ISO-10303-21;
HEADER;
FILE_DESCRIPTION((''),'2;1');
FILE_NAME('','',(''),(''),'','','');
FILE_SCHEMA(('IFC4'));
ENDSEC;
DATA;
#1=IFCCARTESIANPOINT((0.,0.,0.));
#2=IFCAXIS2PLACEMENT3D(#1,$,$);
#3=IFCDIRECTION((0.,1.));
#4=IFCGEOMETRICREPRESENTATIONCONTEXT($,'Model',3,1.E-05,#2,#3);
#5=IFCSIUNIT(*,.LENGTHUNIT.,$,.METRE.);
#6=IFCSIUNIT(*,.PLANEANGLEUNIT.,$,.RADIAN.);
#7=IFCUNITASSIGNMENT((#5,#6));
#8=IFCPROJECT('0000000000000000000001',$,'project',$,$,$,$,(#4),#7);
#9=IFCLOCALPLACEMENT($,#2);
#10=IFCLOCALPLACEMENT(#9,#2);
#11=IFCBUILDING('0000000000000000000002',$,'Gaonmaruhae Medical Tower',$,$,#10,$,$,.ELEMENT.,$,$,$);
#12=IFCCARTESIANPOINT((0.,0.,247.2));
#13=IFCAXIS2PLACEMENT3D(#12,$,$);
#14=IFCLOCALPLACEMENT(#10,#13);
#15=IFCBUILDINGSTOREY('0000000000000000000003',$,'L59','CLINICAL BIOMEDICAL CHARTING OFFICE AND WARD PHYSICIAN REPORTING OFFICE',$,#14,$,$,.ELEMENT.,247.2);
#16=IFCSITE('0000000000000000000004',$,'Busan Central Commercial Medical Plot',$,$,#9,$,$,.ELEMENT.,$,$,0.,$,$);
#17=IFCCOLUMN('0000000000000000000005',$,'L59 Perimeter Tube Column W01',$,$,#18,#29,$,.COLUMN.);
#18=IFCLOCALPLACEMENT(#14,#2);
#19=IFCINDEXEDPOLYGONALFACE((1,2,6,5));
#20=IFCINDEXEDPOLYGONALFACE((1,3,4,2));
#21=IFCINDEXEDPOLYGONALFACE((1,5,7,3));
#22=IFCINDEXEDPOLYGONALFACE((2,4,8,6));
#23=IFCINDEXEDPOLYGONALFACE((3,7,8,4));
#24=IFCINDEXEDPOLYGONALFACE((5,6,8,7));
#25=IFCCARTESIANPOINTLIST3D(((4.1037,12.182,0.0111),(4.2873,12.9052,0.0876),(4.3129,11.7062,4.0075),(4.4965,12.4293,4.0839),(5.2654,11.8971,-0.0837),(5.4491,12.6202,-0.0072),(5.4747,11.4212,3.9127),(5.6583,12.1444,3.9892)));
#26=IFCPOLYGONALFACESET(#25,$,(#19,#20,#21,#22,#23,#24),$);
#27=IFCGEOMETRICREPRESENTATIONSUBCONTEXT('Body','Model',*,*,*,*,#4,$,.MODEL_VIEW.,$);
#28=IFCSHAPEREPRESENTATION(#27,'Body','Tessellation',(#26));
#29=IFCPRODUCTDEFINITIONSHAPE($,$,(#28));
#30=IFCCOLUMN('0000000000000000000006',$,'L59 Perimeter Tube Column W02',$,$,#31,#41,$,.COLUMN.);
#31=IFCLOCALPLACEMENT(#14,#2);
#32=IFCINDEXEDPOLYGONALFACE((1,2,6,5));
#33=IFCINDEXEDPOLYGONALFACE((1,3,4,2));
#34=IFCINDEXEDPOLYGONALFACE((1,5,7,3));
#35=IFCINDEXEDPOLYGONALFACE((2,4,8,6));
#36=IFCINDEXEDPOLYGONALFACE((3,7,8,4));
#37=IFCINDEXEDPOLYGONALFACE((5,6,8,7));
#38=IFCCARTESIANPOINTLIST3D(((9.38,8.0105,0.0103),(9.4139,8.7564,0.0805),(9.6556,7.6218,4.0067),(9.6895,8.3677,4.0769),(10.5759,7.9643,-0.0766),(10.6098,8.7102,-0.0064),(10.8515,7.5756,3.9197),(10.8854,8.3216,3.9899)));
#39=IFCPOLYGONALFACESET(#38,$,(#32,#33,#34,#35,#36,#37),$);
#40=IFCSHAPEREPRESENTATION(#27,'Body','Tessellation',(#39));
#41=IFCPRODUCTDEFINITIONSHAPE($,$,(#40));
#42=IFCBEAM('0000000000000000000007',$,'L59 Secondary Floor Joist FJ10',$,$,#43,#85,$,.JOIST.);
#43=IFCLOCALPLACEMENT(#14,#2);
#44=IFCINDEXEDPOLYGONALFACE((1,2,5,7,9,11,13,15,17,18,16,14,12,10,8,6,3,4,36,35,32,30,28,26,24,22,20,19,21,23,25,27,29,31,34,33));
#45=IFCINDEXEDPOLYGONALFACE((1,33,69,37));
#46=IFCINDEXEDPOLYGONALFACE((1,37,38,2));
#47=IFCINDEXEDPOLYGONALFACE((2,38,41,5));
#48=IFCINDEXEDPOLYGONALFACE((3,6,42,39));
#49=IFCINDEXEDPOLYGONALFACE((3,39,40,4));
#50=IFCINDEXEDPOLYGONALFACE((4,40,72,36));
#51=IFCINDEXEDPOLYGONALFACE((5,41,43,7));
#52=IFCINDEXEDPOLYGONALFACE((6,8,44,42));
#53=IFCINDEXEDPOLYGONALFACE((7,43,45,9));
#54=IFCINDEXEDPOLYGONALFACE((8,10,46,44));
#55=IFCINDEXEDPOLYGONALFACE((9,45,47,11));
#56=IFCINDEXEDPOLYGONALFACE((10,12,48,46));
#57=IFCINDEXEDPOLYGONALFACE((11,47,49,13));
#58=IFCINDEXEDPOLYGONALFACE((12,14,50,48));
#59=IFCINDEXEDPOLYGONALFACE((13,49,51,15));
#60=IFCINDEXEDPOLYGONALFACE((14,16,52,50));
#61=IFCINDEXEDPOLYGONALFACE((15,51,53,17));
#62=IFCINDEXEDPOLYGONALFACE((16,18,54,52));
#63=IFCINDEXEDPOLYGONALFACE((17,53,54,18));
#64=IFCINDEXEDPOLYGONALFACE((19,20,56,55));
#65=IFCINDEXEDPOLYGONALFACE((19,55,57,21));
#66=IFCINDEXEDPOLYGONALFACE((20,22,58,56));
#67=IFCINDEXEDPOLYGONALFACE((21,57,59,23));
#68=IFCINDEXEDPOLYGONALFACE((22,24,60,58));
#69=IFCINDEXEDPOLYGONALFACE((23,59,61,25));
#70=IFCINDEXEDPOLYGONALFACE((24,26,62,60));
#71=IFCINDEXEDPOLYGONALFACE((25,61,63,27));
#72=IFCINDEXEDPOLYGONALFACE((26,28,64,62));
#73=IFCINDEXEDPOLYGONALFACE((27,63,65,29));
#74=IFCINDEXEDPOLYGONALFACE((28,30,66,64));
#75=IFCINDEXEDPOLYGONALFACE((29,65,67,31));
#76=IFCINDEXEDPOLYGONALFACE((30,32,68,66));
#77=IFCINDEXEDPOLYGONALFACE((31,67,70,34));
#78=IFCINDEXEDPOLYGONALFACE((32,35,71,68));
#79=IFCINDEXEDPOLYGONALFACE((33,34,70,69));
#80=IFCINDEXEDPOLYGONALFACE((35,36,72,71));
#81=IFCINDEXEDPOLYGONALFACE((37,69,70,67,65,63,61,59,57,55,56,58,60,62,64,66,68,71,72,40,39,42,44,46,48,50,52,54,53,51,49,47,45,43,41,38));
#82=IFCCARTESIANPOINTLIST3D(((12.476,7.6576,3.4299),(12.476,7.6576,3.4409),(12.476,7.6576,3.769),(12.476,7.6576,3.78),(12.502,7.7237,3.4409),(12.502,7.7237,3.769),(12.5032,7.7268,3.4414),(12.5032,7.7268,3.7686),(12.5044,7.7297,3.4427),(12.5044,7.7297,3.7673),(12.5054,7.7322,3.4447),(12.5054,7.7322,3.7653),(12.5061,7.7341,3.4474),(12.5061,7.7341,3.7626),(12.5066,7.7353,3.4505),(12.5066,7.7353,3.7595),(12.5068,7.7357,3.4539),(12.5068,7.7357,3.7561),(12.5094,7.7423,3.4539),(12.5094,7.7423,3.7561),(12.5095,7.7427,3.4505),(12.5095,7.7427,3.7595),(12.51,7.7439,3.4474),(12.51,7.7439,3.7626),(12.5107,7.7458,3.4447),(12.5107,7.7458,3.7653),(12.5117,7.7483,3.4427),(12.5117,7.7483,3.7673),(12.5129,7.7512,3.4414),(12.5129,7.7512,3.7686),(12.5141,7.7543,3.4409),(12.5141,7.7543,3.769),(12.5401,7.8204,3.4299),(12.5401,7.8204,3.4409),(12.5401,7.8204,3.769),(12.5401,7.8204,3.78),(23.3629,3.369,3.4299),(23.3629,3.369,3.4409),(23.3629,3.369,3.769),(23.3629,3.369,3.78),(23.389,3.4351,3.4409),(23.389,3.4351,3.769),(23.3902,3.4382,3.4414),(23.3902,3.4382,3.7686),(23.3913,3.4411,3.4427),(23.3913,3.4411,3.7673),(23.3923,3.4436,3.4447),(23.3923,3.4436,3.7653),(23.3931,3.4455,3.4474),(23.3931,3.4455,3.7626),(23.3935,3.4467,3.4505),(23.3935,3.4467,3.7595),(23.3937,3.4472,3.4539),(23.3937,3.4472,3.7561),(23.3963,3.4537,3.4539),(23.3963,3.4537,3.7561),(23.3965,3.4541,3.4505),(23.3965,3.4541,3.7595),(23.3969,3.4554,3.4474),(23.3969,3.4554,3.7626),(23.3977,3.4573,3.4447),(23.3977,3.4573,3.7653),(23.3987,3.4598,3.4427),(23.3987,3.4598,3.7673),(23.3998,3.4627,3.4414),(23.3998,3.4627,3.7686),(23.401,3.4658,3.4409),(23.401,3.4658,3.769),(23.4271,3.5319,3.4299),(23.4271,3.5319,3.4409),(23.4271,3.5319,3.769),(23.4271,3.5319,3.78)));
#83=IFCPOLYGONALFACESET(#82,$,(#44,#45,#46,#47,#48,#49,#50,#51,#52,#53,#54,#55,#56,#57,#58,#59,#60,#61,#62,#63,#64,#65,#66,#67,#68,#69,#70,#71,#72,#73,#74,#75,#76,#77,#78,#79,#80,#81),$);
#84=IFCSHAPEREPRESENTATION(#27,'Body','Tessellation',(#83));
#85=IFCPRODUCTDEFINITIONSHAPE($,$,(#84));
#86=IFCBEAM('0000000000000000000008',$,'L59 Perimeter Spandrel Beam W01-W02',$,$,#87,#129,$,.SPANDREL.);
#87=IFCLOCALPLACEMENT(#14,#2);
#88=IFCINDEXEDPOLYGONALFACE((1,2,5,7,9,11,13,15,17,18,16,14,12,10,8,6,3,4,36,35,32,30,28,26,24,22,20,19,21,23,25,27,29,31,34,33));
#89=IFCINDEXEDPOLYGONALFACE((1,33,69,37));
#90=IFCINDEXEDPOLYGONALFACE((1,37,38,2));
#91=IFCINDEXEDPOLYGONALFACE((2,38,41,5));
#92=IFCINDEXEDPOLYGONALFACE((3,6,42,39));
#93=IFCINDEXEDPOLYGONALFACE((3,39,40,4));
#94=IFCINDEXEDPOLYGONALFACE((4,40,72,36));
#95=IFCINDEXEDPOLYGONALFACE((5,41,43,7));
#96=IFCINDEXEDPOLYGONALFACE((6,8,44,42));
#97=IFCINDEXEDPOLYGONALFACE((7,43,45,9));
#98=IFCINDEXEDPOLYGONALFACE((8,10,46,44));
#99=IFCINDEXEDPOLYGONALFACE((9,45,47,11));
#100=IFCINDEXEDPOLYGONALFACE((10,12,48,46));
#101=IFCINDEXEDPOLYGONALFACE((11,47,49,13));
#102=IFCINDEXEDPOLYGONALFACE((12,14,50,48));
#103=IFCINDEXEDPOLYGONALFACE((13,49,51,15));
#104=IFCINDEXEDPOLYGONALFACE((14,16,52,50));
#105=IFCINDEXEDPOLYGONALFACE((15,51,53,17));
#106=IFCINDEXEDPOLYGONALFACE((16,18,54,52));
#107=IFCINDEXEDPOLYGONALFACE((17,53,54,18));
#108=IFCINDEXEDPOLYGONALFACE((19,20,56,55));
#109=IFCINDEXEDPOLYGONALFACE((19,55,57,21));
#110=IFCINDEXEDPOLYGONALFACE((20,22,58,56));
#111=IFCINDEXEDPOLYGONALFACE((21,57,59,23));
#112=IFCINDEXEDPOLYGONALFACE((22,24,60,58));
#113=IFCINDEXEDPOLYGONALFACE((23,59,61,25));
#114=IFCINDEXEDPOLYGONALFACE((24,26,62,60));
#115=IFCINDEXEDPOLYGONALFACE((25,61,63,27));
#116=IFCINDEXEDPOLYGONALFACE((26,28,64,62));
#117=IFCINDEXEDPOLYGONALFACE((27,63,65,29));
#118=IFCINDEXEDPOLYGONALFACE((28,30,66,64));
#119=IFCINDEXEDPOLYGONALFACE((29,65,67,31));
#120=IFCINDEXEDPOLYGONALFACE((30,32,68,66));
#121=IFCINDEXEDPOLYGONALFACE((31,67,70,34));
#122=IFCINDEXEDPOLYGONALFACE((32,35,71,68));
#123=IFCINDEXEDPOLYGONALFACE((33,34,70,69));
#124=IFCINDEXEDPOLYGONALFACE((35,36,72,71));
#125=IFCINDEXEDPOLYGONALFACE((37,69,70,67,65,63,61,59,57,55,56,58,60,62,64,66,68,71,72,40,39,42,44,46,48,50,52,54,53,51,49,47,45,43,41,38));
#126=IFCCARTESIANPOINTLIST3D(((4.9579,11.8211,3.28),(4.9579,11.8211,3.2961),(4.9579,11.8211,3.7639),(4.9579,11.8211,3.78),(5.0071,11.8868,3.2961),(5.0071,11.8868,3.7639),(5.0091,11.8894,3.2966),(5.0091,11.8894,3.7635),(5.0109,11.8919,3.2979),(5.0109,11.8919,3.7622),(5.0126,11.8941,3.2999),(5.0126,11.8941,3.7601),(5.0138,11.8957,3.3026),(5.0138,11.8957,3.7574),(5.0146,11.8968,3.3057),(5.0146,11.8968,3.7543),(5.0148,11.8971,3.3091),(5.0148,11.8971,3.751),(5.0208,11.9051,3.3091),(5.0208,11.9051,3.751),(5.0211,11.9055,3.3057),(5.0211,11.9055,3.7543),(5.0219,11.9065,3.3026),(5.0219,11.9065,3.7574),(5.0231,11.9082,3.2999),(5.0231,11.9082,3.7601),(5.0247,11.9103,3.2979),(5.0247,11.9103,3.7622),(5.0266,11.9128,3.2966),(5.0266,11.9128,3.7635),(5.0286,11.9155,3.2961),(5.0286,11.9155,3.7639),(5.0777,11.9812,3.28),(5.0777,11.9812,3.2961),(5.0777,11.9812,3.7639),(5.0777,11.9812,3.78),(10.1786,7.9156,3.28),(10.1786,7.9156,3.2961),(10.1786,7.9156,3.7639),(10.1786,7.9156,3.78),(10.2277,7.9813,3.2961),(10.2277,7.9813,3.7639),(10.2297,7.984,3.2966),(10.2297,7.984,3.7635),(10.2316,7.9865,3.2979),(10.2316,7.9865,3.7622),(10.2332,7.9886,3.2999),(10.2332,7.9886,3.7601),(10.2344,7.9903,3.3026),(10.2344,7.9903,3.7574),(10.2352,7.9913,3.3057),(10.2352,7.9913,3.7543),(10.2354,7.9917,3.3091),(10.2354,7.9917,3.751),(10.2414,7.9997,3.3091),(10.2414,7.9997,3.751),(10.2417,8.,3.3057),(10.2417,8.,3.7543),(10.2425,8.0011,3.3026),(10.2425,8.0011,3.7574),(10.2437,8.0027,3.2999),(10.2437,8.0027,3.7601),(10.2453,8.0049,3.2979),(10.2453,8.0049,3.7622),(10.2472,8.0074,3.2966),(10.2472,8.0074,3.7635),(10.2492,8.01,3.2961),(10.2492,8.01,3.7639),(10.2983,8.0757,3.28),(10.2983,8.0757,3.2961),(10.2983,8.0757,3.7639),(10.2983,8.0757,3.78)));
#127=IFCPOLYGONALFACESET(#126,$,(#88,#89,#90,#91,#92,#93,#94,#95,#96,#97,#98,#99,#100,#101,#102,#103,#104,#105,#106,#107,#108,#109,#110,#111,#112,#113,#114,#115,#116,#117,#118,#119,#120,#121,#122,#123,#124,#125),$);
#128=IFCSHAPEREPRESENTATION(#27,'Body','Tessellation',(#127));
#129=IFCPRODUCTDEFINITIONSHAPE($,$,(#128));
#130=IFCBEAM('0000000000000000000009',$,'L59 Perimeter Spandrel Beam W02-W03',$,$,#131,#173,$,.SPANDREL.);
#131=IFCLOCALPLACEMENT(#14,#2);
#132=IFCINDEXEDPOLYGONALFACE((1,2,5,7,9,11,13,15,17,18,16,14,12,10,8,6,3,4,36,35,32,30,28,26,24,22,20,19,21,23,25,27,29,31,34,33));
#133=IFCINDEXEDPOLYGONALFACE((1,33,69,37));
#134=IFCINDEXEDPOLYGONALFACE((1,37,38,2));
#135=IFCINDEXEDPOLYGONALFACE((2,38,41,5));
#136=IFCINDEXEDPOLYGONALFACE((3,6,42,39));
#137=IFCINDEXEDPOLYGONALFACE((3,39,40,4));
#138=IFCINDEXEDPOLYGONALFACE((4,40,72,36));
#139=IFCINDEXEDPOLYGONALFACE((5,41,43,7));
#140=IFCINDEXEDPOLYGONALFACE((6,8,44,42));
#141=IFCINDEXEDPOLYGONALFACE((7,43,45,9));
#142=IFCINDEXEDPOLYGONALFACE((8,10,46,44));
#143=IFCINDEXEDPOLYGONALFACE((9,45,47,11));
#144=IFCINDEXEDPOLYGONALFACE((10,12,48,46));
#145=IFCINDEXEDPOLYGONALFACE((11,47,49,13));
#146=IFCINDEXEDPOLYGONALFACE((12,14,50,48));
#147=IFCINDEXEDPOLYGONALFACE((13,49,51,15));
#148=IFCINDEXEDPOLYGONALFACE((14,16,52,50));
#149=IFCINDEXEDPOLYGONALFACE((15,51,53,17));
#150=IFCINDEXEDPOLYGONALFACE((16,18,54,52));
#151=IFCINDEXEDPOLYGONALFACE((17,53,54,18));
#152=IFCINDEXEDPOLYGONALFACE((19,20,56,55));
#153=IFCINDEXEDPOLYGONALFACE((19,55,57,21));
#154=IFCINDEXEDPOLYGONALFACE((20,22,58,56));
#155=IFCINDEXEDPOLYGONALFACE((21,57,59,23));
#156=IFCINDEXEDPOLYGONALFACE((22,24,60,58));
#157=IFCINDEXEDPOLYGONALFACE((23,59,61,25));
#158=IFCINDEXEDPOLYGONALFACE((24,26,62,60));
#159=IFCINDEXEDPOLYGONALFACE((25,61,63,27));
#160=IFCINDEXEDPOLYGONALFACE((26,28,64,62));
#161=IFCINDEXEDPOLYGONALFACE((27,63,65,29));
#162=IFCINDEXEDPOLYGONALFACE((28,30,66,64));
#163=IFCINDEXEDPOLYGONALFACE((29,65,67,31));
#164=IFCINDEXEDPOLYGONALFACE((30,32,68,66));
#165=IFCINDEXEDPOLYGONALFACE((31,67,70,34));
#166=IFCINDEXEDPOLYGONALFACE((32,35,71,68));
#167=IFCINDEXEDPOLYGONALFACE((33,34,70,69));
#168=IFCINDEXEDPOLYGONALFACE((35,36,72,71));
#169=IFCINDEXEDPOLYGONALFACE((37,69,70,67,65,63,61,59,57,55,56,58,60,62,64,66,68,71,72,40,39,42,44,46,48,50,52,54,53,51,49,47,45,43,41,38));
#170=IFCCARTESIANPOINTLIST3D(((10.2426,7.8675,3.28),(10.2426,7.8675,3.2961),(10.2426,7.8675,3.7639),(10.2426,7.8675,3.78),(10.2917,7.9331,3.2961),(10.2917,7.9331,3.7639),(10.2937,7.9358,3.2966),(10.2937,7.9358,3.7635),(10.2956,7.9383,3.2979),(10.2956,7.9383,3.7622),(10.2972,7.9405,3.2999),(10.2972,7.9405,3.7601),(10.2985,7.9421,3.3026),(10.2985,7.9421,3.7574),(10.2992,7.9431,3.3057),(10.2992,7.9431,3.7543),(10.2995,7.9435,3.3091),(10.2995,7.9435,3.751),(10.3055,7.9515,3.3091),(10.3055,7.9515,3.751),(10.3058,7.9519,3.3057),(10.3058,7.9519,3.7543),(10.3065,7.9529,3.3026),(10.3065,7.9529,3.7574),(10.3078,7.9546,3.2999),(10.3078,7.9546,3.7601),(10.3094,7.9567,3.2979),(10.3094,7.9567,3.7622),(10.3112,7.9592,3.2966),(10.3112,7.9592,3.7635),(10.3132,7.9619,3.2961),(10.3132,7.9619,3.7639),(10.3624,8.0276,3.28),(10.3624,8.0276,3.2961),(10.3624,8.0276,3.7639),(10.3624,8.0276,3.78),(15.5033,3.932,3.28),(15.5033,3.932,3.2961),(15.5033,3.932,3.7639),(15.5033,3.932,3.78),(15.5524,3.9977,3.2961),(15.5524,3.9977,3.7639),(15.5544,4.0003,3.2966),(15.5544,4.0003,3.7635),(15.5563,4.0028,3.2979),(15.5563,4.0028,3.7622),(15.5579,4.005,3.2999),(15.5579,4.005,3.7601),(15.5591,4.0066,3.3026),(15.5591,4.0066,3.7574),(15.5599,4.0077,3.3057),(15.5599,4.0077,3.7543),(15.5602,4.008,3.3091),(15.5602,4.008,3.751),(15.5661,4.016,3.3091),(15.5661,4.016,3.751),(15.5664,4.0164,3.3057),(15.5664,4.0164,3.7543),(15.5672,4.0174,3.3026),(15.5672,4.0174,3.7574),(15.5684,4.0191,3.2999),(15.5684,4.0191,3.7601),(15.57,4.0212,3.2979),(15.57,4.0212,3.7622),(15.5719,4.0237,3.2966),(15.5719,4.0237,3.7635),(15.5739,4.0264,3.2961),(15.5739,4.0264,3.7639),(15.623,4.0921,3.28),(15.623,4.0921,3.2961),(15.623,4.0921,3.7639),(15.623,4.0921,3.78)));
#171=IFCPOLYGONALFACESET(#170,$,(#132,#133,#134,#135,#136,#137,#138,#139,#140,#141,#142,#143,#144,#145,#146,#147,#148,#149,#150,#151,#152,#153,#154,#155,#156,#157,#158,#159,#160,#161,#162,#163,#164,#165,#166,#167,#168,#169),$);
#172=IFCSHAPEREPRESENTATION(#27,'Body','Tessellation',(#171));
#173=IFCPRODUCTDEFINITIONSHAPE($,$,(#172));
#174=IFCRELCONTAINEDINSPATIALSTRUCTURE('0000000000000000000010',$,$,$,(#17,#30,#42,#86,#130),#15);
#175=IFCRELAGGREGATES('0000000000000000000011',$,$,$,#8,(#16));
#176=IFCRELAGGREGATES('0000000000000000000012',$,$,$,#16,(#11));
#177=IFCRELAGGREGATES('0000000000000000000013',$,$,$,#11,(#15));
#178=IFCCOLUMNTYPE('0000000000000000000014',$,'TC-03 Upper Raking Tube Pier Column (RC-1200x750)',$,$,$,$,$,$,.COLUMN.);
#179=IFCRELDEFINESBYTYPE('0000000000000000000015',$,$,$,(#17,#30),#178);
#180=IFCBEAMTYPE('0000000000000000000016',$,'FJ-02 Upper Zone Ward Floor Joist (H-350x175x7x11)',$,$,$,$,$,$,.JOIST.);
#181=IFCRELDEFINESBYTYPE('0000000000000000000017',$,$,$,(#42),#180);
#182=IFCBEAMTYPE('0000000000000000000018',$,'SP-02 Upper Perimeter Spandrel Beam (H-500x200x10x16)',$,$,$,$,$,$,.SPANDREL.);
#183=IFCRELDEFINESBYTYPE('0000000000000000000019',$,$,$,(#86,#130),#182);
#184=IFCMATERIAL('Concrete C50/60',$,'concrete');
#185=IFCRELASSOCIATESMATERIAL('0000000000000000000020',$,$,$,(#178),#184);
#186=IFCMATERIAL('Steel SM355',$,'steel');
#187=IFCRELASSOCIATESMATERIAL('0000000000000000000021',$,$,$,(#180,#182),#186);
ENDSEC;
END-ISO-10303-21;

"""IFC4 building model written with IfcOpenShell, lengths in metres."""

from ifc_helpers import new_model, si_unit, direction, frame, origin, origin_2d, place, context, subcontext, project, spatial, rectangle, i_section, extrude, material, material_profile, profile_set, type_object, element, save


model = new_model("IFC4")

# Units and contexts
model_context = context("Model", 3, precision=1e-05, world=origin(), true_north=direction((0.0, 1.0)))
body_context = subcontext(model_context, "Body", "Model", "MODEL_VIEW")
ifc_project = project(units=[si_unit("LENGTHUNIT", "METRE"), si_unit("PLANEANGLEUNIT", "RADIAN")], contexts=[model_context])

# Site, building, storey
site_placement = place(None, origin())
site = spatial("IfcSite", under=ifc_project, at=site_placement, Name="Busan Central Commercial Medical Plot", CompositionType="ELEMENT", RefElevation=0.0)
building_placement = place(site_placement, origin())
building = spatial("IfcBuilding", under=site, at=building_placement, Name="Gaonmaruhae Medical Tower", CompositionType="ELEMENT")
storey_placement = place(building_placement, frame((0.0, 0.0, 247.2)))
storey = spatial("IfcBuildingStorey", under=building, at=storey_placement, Name="L59", Description="CLINICAL BIOMEDICAL CHARTING OFFICE AND WARD PHYSICIAN REPORTING OFFICE", CompositionType="ELEMENT", Elevation=247.2)

# Columns
ifc_material_1 = material(Name="Concrete C50/60", Category="concrete")
ifc_material_profile_1 = material_profile(ifc_material_1, rectangle(XDim=1.2, YDim=0.75, at=origin_2d()), Name="RC-1200x750")
ifc_profile_set_1 = profile_set([ifc_material_profile_1], Name="Concrete C50/60")
column_type = type_object("IfcColumnType", Name="TC-03 Upper Raking Tube Pier Column (RC-1200x750)", PredefinedType="COLUMN", material=ifc_profile_set_1)
column_1_placement = place(storey_placement, frame((4.7764, 12.4011, 0.002), z_axis=(0.051918, -0.118072, 0.991647), x_axis=(-0.968177, 0.237483, 0.078965)))
element("IfcColumn", 1, at=column_1_placement, inside=storey, type_object=column_type, Name="L59 Perimeter Tube Column W01", PredefinedType="COLUMN", context=body_context, shape_type="SweptSolid", body=[
    extrude(rectangle(XDim=1.2, YDim=0.75, at=origin_2d()), origin(), (0.0, 0.0, 1.0), 4.03),
])
column_2_placement = place(storey_placement, frame((9.9949, 8.3604, 0.002), z_axis=(0.068487, -0.096573, 0.992967), x_axis=(-0.996627, 0.038483, 0.072482)))
element("IfcColumn", 2, at=column_2_placement, inside=storey, type_object=column_type, Name="L59 Perimeter Tube Column W02", PredefinedType="COLUMN", context=body_context, shape_type="SweptSolid", body=[
    extrude(rectangle(XDim=1.2, YDim=0.75, at=origin_2d()), origin(), (0.0, 0.0, 1.0), 4.0247),
])

# Beams
ifc_material_2 = material(Name="Steel SM355", Category="steel")
ifc_material_profile_2 = material_profile(ifc_material_2, i_section(OverallWidth=0.175, OverallDepth=0.3501, WebThickness=0.0071, FlangeThickness=0.011, FilletRadius=0.0129, at=origin_2d()), Name="H-350x175x7x11")
ifc_profile_set_2 = profile_set([ifc_material_profile_2], Name="Steel SM355")
beam_type_1 = type_object("IfcBeamType", Name="FJ-02 Upper Zone Ward Floor Joist (H-350x175x7x11)", PredefinedType="JOIST", material=ifc_profile_set_2)
beam_1_placement = place(storey_placement, frame((12.5081, 7.739, 3.605), z_axis=(0.930415, -0.366508, 0.0), x_axis=(0.366508, 0.930415, 0.0)))
element("IfcBeam", 3, at=beam_1_placement, inside=storey, type_object=beam_type_1, Name="L59 Secondary Floor Joist FJ10", PredefinedType="JOIST", context=body_context, shape_type="SweptSolid", body=[
    extrude(i_section(OverallWidth=0.175, OverallDepth=0.3501, WebThickness=0.0071, FlangeThickness=0.011, FilletRadius=0.0129, at=origin_2d()), origin(), (0.0, 0.0, 1.0), 11.7012),
])
ifc_material_profile_3 = material_profile(ifc_material_2, i_section(OverallWidth=0.2, OverallDepth=0.5, WebThickness=0.01, FlangeThickness=0.0161, FilletRadius=0.0129, at=origin_2d()), Name="H-500x200x10x16")
ifc_profile_set_3 = profile_set([ifc_material_profile_3], Name="Steel SM355")
beam_type_2 = type_object("IfcBeamType", Name="SP-02 Upper Perimeter Spandrel Beam (H-500x200x10x16)", PredefinedType="SPANDREL", material=ifc_profile_set_3)
beam_2_placement = place(storey_placement, frame((5.0178, 11.9011, 3.53), z_axis=(0.800736, -0.599017, 0.0), x_axis=(0.599017, 0.800736, 0.0)))
element("IfcBeam", 4, at=beam_2_placement, inside=storey, type_object=beam_type_2, Name="L59 Perimeter Spandrel Beam W01-W02", PredefinedType="SPANDREL", context=body_context, shape_type="SweptSolid", body=[
    extrude(i_section(OverallWidth=0.2, OverallDepth=0.5, WebThickness=0.01, FlangeThickness=0.0161, FilletRadius=0.0129, at=origin_2d()), origin(), (0.0, 0.0, 1.0), 6.5198),
])
beam_3_placement = place(storey_placement, frame((10.3025, 7.9475, 3.53), z_axis=(0.800731, -0.599024, 0.0), x_axis=(0.599024, 0.800731, 0.0)))
element("IfcBeam", 5, at=beam_3_placement, inside=storey, type_object=beam_type_2, Name="L59 Perimeter Spandrel Beam W02-W03", PredefinedType="SPANDREL", context=body_context, shape_type="SweptSolid", body=[
    extrude(i_section(OverallWidth=0.2, OverallDepth=0.5, WebThickness=0.01, FlangeThickness=0.0161, FilletRadius=0.0129, at=origin_2d()), origin(), (0.0, 0.0, 1.0), 6.5698),
])

save(model, "model.ifc")
